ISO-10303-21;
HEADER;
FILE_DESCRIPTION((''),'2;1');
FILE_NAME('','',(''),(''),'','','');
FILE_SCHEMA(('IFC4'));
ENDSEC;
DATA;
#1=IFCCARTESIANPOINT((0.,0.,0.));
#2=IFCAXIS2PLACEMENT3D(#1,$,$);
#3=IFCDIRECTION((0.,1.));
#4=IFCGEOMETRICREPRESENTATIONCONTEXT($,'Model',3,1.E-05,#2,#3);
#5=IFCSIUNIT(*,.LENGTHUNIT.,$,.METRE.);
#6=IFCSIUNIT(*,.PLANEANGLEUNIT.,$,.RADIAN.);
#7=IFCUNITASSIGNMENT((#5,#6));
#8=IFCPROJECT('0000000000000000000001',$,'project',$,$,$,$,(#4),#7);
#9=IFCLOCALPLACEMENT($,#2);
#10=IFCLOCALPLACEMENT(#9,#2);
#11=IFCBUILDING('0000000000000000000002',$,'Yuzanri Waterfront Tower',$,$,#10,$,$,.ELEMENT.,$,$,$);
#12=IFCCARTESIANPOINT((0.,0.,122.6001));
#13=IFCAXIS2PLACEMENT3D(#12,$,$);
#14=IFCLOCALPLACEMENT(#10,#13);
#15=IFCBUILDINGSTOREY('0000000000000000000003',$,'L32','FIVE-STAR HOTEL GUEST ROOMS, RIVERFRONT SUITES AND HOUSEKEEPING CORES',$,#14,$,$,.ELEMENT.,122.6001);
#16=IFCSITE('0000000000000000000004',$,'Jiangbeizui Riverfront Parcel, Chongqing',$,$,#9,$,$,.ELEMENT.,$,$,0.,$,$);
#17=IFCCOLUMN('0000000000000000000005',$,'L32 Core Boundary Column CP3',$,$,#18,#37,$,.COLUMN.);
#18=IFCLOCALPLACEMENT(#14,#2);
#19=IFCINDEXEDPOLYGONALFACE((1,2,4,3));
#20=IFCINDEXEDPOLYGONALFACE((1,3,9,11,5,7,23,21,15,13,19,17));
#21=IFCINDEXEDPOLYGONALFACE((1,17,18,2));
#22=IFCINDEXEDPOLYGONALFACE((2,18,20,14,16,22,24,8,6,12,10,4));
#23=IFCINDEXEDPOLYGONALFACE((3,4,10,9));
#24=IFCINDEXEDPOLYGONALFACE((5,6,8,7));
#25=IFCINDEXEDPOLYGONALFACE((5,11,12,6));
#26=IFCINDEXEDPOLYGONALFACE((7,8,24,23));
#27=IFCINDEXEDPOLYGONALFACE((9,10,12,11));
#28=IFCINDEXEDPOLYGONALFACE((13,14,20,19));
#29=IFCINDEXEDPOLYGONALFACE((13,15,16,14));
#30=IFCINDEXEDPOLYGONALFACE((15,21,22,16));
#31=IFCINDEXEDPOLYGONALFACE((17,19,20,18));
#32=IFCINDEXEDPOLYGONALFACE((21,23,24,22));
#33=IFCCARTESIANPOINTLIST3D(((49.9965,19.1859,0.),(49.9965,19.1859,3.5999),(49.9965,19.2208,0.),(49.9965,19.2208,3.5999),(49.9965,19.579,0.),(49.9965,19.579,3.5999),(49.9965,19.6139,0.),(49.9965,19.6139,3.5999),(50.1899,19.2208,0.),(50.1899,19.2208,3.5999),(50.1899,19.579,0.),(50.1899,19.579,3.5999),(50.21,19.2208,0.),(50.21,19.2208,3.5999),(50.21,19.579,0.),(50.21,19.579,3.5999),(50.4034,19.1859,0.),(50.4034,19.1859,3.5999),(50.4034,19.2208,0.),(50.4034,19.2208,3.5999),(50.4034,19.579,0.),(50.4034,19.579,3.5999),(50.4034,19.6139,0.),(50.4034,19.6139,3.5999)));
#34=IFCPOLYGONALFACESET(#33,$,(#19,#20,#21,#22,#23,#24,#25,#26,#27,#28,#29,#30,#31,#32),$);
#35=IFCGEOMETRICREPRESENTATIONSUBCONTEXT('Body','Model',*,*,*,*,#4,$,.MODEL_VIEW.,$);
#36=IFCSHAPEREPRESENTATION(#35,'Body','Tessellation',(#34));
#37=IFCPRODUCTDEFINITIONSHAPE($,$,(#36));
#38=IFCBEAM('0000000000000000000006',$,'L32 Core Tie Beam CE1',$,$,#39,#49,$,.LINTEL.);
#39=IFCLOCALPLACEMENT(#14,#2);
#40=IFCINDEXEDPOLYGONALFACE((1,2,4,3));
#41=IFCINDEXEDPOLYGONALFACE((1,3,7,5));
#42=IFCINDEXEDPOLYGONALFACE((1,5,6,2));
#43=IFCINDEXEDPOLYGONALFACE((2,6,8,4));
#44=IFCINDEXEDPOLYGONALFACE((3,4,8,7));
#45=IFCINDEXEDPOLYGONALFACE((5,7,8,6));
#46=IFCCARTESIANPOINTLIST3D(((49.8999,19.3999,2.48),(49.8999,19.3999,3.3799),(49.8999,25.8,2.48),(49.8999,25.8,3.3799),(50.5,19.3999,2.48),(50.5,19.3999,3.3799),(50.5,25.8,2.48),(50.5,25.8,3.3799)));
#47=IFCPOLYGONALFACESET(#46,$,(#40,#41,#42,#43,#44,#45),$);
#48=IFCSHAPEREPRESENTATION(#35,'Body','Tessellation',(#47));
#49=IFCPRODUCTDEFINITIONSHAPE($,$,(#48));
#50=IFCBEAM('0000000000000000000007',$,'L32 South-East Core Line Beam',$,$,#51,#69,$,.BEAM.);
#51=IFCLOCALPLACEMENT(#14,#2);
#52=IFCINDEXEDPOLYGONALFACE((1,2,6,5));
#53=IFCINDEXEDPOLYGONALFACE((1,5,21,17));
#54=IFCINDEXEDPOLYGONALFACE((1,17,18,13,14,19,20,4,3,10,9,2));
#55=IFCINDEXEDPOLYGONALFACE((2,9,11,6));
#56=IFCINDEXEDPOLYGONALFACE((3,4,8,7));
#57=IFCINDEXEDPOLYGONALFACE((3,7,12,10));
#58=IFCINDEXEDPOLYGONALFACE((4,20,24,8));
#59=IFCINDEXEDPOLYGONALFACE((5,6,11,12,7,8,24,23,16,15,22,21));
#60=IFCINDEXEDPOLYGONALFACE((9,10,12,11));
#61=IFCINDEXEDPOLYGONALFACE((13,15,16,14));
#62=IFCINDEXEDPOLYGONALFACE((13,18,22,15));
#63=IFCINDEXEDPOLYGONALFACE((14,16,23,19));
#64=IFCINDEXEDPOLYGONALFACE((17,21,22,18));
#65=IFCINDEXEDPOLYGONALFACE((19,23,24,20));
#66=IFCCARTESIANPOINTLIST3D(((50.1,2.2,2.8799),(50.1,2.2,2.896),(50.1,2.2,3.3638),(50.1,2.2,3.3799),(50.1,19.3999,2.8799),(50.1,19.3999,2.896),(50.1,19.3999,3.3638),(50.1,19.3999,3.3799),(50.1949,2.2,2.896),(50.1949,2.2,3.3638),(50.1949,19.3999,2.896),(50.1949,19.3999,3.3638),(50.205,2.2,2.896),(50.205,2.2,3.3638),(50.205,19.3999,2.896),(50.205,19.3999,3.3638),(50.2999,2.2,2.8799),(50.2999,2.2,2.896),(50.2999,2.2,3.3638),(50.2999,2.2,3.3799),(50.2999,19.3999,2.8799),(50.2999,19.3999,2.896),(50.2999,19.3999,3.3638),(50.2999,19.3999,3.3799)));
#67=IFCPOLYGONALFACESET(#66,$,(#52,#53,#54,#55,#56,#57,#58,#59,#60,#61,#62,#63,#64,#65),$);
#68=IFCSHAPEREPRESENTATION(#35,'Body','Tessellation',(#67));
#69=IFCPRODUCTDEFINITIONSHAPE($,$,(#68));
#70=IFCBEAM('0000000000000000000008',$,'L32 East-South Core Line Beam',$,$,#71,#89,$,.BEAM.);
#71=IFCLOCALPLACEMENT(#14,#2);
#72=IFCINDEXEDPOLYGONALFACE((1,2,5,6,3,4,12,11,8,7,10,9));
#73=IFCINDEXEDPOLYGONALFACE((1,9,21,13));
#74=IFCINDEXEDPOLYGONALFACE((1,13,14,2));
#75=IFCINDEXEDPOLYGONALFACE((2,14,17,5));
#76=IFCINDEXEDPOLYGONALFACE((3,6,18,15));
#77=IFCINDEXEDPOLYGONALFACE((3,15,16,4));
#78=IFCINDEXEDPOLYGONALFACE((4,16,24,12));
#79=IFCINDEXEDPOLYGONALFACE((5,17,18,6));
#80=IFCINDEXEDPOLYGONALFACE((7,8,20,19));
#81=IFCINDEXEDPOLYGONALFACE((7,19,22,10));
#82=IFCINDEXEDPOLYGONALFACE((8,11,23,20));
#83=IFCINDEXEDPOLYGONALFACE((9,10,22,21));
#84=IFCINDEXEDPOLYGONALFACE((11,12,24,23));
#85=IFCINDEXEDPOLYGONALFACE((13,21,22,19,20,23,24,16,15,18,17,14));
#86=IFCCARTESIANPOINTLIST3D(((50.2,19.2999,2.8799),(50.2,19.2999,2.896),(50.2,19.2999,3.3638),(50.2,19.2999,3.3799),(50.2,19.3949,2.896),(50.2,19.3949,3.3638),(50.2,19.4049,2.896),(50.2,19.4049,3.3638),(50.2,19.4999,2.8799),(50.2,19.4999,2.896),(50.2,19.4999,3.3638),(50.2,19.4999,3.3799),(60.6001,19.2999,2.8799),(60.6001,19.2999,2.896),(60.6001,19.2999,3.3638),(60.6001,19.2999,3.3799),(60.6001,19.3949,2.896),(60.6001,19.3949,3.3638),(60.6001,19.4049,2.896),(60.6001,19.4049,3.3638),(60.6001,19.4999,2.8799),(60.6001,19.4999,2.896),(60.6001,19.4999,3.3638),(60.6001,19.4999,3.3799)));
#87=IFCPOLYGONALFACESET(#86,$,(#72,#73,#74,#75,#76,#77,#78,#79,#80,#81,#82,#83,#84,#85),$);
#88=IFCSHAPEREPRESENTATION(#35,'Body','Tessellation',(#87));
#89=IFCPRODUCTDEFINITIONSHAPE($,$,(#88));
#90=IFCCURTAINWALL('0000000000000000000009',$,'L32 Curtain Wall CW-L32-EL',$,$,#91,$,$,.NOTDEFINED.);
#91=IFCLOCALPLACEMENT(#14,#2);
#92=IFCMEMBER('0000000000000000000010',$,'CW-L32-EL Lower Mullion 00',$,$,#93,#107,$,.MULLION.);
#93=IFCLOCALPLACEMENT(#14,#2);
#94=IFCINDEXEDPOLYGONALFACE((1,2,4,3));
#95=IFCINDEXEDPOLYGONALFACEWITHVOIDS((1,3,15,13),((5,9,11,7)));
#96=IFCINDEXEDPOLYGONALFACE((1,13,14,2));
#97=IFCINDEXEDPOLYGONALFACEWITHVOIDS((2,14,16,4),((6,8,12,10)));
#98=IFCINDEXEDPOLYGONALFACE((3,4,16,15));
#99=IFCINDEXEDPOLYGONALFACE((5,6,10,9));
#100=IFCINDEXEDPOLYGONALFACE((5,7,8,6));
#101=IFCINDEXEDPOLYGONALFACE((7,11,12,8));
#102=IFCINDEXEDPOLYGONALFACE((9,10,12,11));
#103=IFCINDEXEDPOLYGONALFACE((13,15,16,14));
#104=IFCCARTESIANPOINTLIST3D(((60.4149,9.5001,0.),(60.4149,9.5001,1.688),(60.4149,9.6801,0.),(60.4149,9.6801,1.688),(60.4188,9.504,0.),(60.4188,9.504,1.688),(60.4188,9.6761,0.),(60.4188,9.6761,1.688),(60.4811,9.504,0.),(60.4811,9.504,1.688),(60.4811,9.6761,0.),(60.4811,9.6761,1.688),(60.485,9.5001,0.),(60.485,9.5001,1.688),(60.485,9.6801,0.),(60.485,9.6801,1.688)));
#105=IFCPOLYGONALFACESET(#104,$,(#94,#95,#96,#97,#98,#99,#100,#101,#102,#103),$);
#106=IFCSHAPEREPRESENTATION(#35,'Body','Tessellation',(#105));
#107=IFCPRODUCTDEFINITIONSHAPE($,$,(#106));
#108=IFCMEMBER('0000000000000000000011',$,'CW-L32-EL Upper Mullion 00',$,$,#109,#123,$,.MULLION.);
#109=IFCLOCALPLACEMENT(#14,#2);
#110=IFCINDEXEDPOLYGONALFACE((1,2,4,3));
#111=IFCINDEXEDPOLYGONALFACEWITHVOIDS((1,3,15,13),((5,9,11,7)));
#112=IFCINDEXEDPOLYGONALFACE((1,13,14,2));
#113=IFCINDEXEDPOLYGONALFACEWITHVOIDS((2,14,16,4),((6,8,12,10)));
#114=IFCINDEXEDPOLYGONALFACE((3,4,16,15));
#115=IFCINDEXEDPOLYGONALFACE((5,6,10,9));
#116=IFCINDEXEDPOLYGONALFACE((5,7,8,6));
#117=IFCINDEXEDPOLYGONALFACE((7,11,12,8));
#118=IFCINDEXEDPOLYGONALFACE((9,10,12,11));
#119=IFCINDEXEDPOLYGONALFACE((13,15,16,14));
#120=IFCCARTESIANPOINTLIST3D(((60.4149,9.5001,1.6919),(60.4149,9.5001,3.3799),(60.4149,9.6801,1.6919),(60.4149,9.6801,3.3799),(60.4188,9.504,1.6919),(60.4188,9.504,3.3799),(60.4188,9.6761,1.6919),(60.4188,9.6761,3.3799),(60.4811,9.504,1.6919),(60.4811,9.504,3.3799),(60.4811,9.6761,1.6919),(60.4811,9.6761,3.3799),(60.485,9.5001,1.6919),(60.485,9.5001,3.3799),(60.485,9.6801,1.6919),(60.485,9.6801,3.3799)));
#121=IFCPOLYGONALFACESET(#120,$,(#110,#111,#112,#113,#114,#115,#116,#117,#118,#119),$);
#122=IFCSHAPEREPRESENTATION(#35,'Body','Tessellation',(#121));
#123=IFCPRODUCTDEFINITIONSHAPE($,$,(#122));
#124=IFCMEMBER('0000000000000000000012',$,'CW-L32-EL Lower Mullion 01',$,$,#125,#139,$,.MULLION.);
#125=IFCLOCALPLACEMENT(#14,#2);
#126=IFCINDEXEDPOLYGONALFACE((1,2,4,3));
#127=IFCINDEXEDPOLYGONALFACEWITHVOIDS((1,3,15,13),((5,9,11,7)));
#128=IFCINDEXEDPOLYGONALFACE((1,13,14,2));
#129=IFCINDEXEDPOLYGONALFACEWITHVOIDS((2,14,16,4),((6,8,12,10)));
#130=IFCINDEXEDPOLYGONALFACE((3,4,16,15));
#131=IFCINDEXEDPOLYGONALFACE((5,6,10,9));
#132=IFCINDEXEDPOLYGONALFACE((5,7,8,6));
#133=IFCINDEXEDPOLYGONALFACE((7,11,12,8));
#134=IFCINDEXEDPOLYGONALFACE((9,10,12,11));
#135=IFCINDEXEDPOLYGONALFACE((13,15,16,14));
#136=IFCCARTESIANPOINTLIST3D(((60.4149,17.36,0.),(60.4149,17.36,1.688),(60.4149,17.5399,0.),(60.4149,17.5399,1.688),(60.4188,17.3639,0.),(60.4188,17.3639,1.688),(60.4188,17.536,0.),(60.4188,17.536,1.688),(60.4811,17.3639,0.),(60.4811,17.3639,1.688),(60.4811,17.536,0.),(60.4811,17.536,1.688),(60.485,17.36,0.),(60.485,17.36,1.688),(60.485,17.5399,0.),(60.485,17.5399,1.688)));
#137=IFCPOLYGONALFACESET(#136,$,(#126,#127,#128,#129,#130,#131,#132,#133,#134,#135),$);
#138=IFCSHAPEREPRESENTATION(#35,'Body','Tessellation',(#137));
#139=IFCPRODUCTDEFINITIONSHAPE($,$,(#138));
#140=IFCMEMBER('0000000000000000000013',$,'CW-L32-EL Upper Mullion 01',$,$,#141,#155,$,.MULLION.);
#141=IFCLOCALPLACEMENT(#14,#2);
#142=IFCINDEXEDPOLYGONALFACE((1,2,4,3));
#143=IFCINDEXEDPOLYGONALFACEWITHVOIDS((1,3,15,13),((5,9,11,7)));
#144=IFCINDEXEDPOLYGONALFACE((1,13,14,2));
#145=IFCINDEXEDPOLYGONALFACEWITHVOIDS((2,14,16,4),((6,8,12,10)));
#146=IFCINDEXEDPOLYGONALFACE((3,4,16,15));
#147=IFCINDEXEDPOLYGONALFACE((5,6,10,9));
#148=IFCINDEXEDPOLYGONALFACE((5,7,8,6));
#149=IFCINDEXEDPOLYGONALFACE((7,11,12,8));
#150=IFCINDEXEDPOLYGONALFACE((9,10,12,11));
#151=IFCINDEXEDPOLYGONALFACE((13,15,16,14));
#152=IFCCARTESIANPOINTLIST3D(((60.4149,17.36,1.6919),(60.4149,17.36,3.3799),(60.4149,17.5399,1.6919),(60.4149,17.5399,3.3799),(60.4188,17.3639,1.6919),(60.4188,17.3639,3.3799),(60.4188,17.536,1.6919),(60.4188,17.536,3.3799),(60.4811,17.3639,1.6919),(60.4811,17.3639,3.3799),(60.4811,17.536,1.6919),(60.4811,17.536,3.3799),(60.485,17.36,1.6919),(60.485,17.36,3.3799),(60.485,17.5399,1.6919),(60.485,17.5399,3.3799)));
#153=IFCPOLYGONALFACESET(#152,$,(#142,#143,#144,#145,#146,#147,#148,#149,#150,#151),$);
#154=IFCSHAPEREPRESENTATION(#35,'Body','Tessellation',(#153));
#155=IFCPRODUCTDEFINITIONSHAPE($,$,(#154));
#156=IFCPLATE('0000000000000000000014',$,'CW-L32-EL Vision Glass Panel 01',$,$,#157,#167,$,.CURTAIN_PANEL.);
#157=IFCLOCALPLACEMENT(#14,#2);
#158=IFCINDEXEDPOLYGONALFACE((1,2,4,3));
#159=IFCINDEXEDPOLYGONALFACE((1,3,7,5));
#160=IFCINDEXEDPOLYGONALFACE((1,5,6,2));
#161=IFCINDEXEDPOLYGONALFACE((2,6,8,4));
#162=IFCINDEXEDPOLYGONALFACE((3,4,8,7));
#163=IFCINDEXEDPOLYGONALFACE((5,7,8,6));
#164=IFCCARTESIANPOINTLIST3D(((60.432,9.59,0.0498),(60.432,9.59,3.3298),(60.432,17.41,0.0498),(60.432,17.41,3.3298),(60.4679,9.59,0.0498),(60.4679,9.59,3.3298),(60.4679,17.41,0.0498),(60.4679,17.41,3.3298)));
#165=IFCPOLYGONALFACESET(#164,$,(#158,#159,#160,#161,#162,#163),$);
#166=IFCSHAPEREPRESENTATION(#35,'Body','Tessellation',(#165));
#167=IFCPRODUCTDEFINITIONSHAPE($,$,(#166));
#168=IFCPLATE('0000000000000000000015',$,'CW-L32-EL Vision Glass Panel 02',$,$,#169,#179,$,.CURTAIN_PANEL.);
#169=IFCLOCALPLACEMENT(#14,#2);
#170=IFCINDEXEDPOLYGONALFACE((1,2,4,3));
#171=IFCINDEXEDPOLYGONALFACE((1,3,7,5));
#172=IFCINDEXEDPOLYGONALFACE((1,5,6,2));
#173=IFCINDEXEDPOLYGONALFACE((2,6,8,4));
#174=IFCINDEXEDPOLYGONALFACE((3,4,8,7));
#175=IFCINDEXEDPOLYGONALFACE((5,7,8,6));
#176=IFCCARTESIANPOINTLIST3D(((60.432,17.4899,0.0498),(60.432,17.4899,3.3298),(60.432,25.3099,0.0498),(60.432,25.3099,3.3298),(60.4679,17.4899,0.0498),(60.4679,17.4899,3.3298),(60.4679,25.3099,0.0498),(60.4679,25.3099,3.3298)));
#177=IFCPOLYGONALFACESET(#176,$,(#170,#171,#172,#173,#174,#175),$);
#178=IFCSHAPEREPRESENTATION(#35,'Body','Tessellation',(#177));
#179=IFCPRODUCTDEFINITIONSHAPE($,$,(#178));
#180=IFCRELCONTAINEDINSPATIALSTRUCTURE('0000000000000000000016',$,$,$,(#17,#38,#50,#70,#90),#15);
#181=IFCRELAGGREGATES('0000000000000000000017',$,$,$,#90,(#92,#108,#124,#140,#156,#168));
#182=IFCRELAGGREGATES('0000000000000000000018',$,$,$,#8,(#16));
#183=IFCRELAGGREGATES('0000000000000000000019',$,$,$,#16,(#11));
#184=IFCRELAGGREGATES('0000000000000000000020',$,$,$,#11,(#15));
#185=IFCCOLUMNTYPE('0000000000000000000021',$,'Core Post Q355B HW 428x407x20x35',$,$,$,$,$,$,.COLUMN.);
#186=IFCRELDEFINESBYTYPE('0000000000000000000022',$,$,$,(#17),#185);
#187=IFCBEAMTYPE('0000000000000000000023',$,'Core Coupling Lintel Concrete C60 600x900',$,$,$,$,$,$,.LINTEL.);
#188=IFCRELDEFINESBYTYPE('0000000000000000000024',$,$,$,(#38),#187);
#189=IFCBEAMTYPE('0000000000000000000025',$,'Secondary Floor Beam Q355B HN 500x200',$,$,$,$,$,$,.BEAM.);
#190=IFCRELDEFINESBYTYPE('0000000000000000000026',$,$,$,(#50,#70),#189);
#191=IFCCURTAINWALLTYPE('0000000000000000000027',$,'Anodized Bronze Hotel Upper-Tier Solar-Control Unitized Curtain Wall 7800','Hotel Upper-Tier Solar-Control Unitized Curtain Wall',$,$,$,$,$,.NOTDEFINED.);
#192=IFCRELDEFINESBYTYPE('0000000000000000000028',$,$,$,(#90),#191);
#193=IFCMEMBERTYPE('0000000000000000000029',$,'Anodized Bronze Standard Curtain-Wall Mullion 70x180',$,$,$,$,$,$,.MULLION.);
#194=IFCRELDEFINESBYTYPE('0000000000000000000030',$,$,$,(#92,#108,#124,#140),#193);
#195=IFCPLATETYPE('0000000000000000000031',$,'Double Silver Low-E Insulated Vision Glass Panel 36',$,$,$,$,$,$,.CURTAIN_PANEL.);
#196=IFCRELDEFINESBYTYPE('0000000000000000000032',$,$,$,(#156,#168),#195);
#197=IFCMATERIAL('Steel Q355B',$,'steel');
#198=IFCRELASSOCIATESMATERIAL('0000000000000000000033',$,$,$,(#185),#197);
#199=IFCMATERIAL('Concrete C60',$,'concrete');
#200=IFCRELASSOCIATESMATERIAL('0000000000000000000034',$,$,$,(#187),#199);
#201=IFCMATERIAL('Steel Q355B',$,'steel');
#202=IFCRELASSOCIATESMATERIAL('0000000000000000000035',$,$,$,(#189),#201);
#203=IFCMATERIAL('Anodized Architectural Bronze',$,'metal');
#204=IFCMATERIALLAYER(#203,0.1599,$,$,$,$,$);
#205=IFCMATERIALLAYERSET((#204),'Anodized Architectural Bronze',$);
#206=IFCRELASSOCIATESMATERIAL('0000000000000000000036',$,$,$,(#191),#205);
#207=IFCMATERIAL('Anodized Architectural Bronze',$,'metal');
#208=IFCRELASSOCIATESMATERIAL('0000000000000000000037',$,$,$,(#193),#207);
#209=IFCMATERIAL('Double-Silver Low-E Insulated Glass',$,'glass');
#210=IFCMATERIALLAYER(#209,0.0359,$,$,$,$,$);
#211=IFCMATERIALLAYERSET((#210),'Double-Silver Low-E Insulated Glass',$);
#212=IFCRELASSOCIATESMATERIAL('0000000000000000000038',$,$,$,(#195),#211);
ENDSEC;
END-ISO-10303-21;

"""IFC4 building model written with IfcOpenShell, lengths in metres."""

from ifc_helpers import new_model, si_unit, direction, frame, origin, origin_2d, place, context, subcontext, project, spatial, rectangle, hollow_rectangle, i_section, extrude, source, transform, mapped, material, layer, layer_set, material_profile, profile_set, type_object, element, aggregate, save


model = new_model("IFC4")

# Units and contexts
model_context = context("Model", 3, precision=1e-05, world=origin(), true_north=direction((0.0, 1.0)))
body_context = subcontext(model_context, "Body", "Model", "MODEL_VIEW")
ifc_project = project(units=[si_unit("LENGTHUNIT", "METRE"), si_unit("PLANEANGLEUNIT", "RADIAN")], contexts=[model_context])

# Site, building, storey
site_placement = place(None, origin())
site = spatial("IfcSite", under=ifc_project, at=site_placement, Name="Jiangbeizui Riverfront Parcel, Chongqing", CompositionType="ELEMENT", RefElevation=0.0)
building_placement = place(site_placement, origin())
building = spatial("IfcBuilding", under=site, at=building_placement, Name="Yuzanri Waterfront Tower", CompositionType="ELEMENT")
storey_placement = place(building_placement, frame((0.0, 0.0, 122.6001)))
storey = spatial("IfcBuildingStorey", under=building, at=storey_placement, Name="L32", Description="FIVE-STAR HOTEL GUEST ROOMS, RIVERFRONT SUITES AND HOUSEKEEPING CORES", CompositionType="ELEMENT", Elevation=122.6001)

# Column
ifc_material_1 = material(Name="Steel Q355B", Category="steel")
ifc_material_profile_1 = material_profile(ifc_material_1, i_section(OverallWidth=0.407, OverallDepth=0.428, WebThickness=0.02, FlangeThickness=0.0349, at=origin_2d()), Name="HW 428x407x20x35")
ifc_profile_set_1 = profile_set([ifc_material_profile_1], Name="Steel Q355B")
column_type = type_object("IfcColumnType", Name="Core Post Q355B HW 428x407x20x35", PredefinedType="COLUMN", material=ifc_profile_set_1)
shared_shape_1 = source(origin(), body_context, "Body", "SweptSolid", [
    extrude(i_section(OverallWidth=0.407, OverallDepth=0.428, WebThickness=0.02, FlangeThickness=0.0349, at=origin_2d()), origin(), (0.0, 0.0, 1.0), 3.5999),
])
column_placement = place(storey_placement, frame((50.2, 19.3999, 0.0), z_axis=(0.0, 0.0, 1.0), x_axis=(1.0, 0.0, 0.0)))
element("IfcColumn", 1, at=column_placement, inside=storey, type_object=column_type, Name="L32 Core Boundary Column CP3", PredefinedType="COLUMN", context=body_context, shape_type="MappedRepresentation", body=[
    mapped(shared_shape_1, transform((0.0, 0.0, 0.0), scale=1.0)),
])

# Beams
ifc_material_2 = material(Name="Concrete C60", Category="concrete")
ifc_material_profile_2 = material_profile(ifc_material_2, rectangle(XDim=0.6001, YDim=0.8999, at=origin_2d()), Name="RC 600x900")
ifc_profile_set_2 = profile_set([ifc_material_profile_2], Name="Concrete C60")
beam_type_1 = type_object("IfcBeamType", Name="Core Coupling Lintel Concrete C60 600x900", PredefinedType="LINTEL", material=ifc_profile_set_2)
shared_shape_2 = source(origin(), body_context, "Body", "SweptSolid", [
    extrude(rectangle(XDim=0.6001, YDim=0.8999, at=origin_2d()), origin(), (0.0, 0.0, 1.0), 6.4001),
])
beam_1_placement = place(storey_placement, frame((50.2, 19.3999, 2.9299), z_axis=(0.0, 1.0, 0.0), x_axis=(-1.0, 0.0, 0.0)))
element("IfcBeam", 2, at=beam_1_placement, inside=storey, type_object=beam_type_1, Name="L32 Core Tie Beam CE1", PredefinedType="LINTEL", context=body_context, shape_type="MappedRepresentation", body=[
    mapped(shared_shape_2, transform((0.0, 0.0, 0.0), scale=1.0)),
])
ifc_material_3 = material(Name="Steel Q355B", Category="steel")
ifc_material_profile_3 = material_profile(ifc_material_3, i_section(OverallWidth=0.2, OverallDepth=0.5, WebThickness=0.01, FlangeThickness=0.0161, at=origin_2d()), Name="HN 500x200x10x16")
ifc_profile_set_3 = profile_set([ifc_material_profile_3], Name="Steel Q355B")
beam_type_2 = type_object("IfcBeamType", Name="Secondary Floor Beam Q355B HN 500x200", PredefinedType="BEAM", material=ifc_profile_set_3)
shared_shape_3 = source(origin(), body_context, "Body", "SweptSolid", [
    extrude(i_section(OverallWidth=0.2, OverallDepth=0.5, WebThickness=0.01, FlangeThickness=0.0161, at=origin_2d()), origin(), (0.0, 0.0, 1.0), 17.2),
])
beam_2_placement = place(storey_placement, frame((50.2, 19.3999, 3.1299), z_axis=(0.0, -1.0, 0.0), x_axis=(1.0, 0.0, 0.0)))
element("IfcBeam", 3, at=beam_2_placement, inside=storey, type_object=beam_type_2, Name="L32 South-East Core Line Beam", PredefinedType="BEAM", context=body_context, shape_type="MappedRepresentation", body=[
    mapped(shared_shape_3, transform((0.0, 0.0, 0.0), scale=1.0)),
])
shared_shape_4 = source(origin(), body_context, "Body", "SweptSolid", [
    extrude(i_section(OverallWidth=0.2, OverallDepth=0.5, WebThickness=0.01, FlangeThickness=0.0161, at=origin_2d()), origin(), (0.0, 0.0, 1.0), 10.4001),
])
beam_3_placement = place(storey_placement, frame((50.2, 19.3999, 3.1299), z_axis=(1.0, 0.0, 0.0), x_axis=(0.0, 1.0, 0.0)))
element("IfcBeam", 4, at=beam_3_placement, inside=storey, type_object=beam_type_2, Name="L32 East-South Core Line Beam", PredefinedType="BEAM", context=body_context, shape_type="MappedRepresentation", body=[
    mapped(shared_shape_4, transform((0.0, 0.0, 0.0), scale=1.0)),
])

# Curtain wall, members, plates
ifc_material_4 = material(Name="Anodized Architectural Bronze", Category="metal")
ifc_layer_1 = layer(ifc_material_4, 0.1599)
ifc_layer_set_1 = layer_set([ifc_layer_1], Name="Anodized Architectural Bronze")
curtain_wall_type = type_object("IfcCurtainWallType", Name="Anodized Bronze Hotel Upper-Tier Solar-Control Unitized Curtain Wall 7800", Description="Hotel Upper-Tier Solar-Control Unitized Curtain Wall", PredefinedType="NOTDEFINED", material=ifc_layer_set_1)
curtain_wall_placement = place(storey_placement, origin())
curtain_wall = element("IfcCurtainWall", 5, at=curtain_wall_placement, inside=storey, type_object=curtain_wall_type, Name="L32 Curtain Wall CW-L32-EL", PredefinedType="NOTDEFINED")
ifc_material_5 = material(Name="Anodized Architectural Bronze", Category="metal")
ifc_material_profile_4 = material_profile(ifc_material_5, hollow_rectangle(XDim=0.0701, YDim=0.1799, WallThickness=0.0039, at=origin_2d()), Name="CWM 70x180")
ifc_profile_set_4 = profile_set([ifc_material_profile_4], Name="Anodized Architectural Bronze")
member_type = type_object("IfcMemberType", Name="Anodized Bronze Standard Curtain-Wall Mullion 70x180", PredefinedType="MULLION", material=ifc_profile_set_4)
shared_shape_5 = source(origin(), body_context, "Body", "SweptSolid", [
    extrude(hollow_rectangle(XDim=0.0701, YDim=0.1799, WallThickness=0.0039, at=origin_2d()), origin(), (0.0, 0.0, 1.0), 1.688),
])
member_1_placement = place(storey_placement, frame((60.45, 9.5901, 0.0), z_axis=(0.0, 0.0, 1.0), x_axis=(1.0, 0.0, 0.0)))
member_1 = element("IfcMember", 6, at=member_1_placement, type_object=member_type, Name="CW-L32-EL Lower Mullion 00", PredefinedType="MULLION", context=body_context, shape_type="MappedRepresentation", body=[
    mapped(shared_shape_5, transform((0.0, 0.0, 0.0), scale=1.0)),
])
member_2_placement = place(storey_placement, frame((60.45, 9.5901, 1.6919), z_axis=(0.0, 0.0, 1.0), x_axis=(1.0, 0.0, 0.0)))
member_2 = element("IfcMember", 7, at=member_2_placement, type_object=member_type, Name="CW-L32-EL Upper Mullion 00", PredefinedType="MULLION", context=body_context, shape_type="MappedRepresentation", body=[
    mapped(shared_shape_5, transform((0.0, 0.0, 0.0), scale=1.0)),
])
member_3_placement = place(storey_placement, frame((60.45, 17.45, 0.0), z_axis=(0.0, 0.0, 1.0), x_axis=(1.0, 0.0, 0.0)))
member_3 = element("IfcMember", 8, at=member_3_placement, type_object=member_type, Name="CW-L32-EL Lower Mullion 01", PredefinedType="MULLION", context=body_context, shape_type="MappedRepresentation", body=[
    mapped(shared_shape_5, transform((0.0, 0.0, 0.0), scale=1.0)),
])
member_4_placement = place(storey_placement, frame((60.45, 17.45, 1.6919), z_axis=(0.0, 0.0, 1.0), x_axis=(1.0, 0.0, 0.0)))
member_4 = element("IfcMember", 9, at=member_4_placement, type_object=member_type, Name="CW-L32-EL Upper Mullion 01", PredefinedType="MULLION", context=body_context, shape_type="MappedRepresentation", body=[
    mapped(shared_shape_5, transform((0.0, 0.0, 0.0), scale=1.0)),
])
ifc_material_6 = material(Name="Double-Silver Low-E Insulated Glass", Category="glass")
ifc_layer_2 = layer(ifc_material_6, 0.0359)
ifc_layer_set_2 = layer_set([ifc_layer_2], Name="Double-Silver Low-E Insulated Glass")
plate_type = type_object("IfcPlateType", Name="Double Silver Low-E Insulated Vision Glass Panel 36", PredefinedType="CURTAIN_PANEL", material=ifc_layer_set_2)
shared_shape_6 = source(origin(), body_context, "Body", "SweptSolid", [
    extrude(rectangle(XDim=7.8201, YDim=0.0359, at=origin_2d()), origin(), (0.0, 0.0, 1.0), 3.28),
])
plate_1_placement = place(storey_placement, frame((60.45, 13.5, 0.0498), z_axis=(0.0, 0.0, 1.0), x_axis=(0.0, 1.0, 0.0)))
plate_1 = element("IfcPlate", 10, at=plate_1_placement, type_object=plate_type, Name="CW-L32-EL Vision Glass Panel 01", PredefinedType="CURTAIN_PANEL", context=body_context, shape_type="MappedRepresentation", body=[
    mapped(shared_shape_6, transform((0.0, 0.0, 0.0), scale=1.0)),
])
plate_2_placement = place(storey_placement, frame((60.45, 21.3999, 0.0498), z_axis=(0.0, 0.0, 1.0), x_axis=(0.0, 1.0, 0.0)))
plate_2 = element("IfcPlate", 11, at=plate_2_placement, type_object=plate_type, Name="CW-L32-EL Vision Glass Panel 02", PredefinedType="CURTAIN_PANEL", context=body_context, shape_type="MappedRepresentation", body=[
    mapped(shared_shape_6, transform((0.0, 0.0, 0.0), scale=1.0)),
])
aggregate(curtain_wall, [member_1, member_2, member_3, member_4, plate_1, plate_2])

save(model, "model.ifc")
